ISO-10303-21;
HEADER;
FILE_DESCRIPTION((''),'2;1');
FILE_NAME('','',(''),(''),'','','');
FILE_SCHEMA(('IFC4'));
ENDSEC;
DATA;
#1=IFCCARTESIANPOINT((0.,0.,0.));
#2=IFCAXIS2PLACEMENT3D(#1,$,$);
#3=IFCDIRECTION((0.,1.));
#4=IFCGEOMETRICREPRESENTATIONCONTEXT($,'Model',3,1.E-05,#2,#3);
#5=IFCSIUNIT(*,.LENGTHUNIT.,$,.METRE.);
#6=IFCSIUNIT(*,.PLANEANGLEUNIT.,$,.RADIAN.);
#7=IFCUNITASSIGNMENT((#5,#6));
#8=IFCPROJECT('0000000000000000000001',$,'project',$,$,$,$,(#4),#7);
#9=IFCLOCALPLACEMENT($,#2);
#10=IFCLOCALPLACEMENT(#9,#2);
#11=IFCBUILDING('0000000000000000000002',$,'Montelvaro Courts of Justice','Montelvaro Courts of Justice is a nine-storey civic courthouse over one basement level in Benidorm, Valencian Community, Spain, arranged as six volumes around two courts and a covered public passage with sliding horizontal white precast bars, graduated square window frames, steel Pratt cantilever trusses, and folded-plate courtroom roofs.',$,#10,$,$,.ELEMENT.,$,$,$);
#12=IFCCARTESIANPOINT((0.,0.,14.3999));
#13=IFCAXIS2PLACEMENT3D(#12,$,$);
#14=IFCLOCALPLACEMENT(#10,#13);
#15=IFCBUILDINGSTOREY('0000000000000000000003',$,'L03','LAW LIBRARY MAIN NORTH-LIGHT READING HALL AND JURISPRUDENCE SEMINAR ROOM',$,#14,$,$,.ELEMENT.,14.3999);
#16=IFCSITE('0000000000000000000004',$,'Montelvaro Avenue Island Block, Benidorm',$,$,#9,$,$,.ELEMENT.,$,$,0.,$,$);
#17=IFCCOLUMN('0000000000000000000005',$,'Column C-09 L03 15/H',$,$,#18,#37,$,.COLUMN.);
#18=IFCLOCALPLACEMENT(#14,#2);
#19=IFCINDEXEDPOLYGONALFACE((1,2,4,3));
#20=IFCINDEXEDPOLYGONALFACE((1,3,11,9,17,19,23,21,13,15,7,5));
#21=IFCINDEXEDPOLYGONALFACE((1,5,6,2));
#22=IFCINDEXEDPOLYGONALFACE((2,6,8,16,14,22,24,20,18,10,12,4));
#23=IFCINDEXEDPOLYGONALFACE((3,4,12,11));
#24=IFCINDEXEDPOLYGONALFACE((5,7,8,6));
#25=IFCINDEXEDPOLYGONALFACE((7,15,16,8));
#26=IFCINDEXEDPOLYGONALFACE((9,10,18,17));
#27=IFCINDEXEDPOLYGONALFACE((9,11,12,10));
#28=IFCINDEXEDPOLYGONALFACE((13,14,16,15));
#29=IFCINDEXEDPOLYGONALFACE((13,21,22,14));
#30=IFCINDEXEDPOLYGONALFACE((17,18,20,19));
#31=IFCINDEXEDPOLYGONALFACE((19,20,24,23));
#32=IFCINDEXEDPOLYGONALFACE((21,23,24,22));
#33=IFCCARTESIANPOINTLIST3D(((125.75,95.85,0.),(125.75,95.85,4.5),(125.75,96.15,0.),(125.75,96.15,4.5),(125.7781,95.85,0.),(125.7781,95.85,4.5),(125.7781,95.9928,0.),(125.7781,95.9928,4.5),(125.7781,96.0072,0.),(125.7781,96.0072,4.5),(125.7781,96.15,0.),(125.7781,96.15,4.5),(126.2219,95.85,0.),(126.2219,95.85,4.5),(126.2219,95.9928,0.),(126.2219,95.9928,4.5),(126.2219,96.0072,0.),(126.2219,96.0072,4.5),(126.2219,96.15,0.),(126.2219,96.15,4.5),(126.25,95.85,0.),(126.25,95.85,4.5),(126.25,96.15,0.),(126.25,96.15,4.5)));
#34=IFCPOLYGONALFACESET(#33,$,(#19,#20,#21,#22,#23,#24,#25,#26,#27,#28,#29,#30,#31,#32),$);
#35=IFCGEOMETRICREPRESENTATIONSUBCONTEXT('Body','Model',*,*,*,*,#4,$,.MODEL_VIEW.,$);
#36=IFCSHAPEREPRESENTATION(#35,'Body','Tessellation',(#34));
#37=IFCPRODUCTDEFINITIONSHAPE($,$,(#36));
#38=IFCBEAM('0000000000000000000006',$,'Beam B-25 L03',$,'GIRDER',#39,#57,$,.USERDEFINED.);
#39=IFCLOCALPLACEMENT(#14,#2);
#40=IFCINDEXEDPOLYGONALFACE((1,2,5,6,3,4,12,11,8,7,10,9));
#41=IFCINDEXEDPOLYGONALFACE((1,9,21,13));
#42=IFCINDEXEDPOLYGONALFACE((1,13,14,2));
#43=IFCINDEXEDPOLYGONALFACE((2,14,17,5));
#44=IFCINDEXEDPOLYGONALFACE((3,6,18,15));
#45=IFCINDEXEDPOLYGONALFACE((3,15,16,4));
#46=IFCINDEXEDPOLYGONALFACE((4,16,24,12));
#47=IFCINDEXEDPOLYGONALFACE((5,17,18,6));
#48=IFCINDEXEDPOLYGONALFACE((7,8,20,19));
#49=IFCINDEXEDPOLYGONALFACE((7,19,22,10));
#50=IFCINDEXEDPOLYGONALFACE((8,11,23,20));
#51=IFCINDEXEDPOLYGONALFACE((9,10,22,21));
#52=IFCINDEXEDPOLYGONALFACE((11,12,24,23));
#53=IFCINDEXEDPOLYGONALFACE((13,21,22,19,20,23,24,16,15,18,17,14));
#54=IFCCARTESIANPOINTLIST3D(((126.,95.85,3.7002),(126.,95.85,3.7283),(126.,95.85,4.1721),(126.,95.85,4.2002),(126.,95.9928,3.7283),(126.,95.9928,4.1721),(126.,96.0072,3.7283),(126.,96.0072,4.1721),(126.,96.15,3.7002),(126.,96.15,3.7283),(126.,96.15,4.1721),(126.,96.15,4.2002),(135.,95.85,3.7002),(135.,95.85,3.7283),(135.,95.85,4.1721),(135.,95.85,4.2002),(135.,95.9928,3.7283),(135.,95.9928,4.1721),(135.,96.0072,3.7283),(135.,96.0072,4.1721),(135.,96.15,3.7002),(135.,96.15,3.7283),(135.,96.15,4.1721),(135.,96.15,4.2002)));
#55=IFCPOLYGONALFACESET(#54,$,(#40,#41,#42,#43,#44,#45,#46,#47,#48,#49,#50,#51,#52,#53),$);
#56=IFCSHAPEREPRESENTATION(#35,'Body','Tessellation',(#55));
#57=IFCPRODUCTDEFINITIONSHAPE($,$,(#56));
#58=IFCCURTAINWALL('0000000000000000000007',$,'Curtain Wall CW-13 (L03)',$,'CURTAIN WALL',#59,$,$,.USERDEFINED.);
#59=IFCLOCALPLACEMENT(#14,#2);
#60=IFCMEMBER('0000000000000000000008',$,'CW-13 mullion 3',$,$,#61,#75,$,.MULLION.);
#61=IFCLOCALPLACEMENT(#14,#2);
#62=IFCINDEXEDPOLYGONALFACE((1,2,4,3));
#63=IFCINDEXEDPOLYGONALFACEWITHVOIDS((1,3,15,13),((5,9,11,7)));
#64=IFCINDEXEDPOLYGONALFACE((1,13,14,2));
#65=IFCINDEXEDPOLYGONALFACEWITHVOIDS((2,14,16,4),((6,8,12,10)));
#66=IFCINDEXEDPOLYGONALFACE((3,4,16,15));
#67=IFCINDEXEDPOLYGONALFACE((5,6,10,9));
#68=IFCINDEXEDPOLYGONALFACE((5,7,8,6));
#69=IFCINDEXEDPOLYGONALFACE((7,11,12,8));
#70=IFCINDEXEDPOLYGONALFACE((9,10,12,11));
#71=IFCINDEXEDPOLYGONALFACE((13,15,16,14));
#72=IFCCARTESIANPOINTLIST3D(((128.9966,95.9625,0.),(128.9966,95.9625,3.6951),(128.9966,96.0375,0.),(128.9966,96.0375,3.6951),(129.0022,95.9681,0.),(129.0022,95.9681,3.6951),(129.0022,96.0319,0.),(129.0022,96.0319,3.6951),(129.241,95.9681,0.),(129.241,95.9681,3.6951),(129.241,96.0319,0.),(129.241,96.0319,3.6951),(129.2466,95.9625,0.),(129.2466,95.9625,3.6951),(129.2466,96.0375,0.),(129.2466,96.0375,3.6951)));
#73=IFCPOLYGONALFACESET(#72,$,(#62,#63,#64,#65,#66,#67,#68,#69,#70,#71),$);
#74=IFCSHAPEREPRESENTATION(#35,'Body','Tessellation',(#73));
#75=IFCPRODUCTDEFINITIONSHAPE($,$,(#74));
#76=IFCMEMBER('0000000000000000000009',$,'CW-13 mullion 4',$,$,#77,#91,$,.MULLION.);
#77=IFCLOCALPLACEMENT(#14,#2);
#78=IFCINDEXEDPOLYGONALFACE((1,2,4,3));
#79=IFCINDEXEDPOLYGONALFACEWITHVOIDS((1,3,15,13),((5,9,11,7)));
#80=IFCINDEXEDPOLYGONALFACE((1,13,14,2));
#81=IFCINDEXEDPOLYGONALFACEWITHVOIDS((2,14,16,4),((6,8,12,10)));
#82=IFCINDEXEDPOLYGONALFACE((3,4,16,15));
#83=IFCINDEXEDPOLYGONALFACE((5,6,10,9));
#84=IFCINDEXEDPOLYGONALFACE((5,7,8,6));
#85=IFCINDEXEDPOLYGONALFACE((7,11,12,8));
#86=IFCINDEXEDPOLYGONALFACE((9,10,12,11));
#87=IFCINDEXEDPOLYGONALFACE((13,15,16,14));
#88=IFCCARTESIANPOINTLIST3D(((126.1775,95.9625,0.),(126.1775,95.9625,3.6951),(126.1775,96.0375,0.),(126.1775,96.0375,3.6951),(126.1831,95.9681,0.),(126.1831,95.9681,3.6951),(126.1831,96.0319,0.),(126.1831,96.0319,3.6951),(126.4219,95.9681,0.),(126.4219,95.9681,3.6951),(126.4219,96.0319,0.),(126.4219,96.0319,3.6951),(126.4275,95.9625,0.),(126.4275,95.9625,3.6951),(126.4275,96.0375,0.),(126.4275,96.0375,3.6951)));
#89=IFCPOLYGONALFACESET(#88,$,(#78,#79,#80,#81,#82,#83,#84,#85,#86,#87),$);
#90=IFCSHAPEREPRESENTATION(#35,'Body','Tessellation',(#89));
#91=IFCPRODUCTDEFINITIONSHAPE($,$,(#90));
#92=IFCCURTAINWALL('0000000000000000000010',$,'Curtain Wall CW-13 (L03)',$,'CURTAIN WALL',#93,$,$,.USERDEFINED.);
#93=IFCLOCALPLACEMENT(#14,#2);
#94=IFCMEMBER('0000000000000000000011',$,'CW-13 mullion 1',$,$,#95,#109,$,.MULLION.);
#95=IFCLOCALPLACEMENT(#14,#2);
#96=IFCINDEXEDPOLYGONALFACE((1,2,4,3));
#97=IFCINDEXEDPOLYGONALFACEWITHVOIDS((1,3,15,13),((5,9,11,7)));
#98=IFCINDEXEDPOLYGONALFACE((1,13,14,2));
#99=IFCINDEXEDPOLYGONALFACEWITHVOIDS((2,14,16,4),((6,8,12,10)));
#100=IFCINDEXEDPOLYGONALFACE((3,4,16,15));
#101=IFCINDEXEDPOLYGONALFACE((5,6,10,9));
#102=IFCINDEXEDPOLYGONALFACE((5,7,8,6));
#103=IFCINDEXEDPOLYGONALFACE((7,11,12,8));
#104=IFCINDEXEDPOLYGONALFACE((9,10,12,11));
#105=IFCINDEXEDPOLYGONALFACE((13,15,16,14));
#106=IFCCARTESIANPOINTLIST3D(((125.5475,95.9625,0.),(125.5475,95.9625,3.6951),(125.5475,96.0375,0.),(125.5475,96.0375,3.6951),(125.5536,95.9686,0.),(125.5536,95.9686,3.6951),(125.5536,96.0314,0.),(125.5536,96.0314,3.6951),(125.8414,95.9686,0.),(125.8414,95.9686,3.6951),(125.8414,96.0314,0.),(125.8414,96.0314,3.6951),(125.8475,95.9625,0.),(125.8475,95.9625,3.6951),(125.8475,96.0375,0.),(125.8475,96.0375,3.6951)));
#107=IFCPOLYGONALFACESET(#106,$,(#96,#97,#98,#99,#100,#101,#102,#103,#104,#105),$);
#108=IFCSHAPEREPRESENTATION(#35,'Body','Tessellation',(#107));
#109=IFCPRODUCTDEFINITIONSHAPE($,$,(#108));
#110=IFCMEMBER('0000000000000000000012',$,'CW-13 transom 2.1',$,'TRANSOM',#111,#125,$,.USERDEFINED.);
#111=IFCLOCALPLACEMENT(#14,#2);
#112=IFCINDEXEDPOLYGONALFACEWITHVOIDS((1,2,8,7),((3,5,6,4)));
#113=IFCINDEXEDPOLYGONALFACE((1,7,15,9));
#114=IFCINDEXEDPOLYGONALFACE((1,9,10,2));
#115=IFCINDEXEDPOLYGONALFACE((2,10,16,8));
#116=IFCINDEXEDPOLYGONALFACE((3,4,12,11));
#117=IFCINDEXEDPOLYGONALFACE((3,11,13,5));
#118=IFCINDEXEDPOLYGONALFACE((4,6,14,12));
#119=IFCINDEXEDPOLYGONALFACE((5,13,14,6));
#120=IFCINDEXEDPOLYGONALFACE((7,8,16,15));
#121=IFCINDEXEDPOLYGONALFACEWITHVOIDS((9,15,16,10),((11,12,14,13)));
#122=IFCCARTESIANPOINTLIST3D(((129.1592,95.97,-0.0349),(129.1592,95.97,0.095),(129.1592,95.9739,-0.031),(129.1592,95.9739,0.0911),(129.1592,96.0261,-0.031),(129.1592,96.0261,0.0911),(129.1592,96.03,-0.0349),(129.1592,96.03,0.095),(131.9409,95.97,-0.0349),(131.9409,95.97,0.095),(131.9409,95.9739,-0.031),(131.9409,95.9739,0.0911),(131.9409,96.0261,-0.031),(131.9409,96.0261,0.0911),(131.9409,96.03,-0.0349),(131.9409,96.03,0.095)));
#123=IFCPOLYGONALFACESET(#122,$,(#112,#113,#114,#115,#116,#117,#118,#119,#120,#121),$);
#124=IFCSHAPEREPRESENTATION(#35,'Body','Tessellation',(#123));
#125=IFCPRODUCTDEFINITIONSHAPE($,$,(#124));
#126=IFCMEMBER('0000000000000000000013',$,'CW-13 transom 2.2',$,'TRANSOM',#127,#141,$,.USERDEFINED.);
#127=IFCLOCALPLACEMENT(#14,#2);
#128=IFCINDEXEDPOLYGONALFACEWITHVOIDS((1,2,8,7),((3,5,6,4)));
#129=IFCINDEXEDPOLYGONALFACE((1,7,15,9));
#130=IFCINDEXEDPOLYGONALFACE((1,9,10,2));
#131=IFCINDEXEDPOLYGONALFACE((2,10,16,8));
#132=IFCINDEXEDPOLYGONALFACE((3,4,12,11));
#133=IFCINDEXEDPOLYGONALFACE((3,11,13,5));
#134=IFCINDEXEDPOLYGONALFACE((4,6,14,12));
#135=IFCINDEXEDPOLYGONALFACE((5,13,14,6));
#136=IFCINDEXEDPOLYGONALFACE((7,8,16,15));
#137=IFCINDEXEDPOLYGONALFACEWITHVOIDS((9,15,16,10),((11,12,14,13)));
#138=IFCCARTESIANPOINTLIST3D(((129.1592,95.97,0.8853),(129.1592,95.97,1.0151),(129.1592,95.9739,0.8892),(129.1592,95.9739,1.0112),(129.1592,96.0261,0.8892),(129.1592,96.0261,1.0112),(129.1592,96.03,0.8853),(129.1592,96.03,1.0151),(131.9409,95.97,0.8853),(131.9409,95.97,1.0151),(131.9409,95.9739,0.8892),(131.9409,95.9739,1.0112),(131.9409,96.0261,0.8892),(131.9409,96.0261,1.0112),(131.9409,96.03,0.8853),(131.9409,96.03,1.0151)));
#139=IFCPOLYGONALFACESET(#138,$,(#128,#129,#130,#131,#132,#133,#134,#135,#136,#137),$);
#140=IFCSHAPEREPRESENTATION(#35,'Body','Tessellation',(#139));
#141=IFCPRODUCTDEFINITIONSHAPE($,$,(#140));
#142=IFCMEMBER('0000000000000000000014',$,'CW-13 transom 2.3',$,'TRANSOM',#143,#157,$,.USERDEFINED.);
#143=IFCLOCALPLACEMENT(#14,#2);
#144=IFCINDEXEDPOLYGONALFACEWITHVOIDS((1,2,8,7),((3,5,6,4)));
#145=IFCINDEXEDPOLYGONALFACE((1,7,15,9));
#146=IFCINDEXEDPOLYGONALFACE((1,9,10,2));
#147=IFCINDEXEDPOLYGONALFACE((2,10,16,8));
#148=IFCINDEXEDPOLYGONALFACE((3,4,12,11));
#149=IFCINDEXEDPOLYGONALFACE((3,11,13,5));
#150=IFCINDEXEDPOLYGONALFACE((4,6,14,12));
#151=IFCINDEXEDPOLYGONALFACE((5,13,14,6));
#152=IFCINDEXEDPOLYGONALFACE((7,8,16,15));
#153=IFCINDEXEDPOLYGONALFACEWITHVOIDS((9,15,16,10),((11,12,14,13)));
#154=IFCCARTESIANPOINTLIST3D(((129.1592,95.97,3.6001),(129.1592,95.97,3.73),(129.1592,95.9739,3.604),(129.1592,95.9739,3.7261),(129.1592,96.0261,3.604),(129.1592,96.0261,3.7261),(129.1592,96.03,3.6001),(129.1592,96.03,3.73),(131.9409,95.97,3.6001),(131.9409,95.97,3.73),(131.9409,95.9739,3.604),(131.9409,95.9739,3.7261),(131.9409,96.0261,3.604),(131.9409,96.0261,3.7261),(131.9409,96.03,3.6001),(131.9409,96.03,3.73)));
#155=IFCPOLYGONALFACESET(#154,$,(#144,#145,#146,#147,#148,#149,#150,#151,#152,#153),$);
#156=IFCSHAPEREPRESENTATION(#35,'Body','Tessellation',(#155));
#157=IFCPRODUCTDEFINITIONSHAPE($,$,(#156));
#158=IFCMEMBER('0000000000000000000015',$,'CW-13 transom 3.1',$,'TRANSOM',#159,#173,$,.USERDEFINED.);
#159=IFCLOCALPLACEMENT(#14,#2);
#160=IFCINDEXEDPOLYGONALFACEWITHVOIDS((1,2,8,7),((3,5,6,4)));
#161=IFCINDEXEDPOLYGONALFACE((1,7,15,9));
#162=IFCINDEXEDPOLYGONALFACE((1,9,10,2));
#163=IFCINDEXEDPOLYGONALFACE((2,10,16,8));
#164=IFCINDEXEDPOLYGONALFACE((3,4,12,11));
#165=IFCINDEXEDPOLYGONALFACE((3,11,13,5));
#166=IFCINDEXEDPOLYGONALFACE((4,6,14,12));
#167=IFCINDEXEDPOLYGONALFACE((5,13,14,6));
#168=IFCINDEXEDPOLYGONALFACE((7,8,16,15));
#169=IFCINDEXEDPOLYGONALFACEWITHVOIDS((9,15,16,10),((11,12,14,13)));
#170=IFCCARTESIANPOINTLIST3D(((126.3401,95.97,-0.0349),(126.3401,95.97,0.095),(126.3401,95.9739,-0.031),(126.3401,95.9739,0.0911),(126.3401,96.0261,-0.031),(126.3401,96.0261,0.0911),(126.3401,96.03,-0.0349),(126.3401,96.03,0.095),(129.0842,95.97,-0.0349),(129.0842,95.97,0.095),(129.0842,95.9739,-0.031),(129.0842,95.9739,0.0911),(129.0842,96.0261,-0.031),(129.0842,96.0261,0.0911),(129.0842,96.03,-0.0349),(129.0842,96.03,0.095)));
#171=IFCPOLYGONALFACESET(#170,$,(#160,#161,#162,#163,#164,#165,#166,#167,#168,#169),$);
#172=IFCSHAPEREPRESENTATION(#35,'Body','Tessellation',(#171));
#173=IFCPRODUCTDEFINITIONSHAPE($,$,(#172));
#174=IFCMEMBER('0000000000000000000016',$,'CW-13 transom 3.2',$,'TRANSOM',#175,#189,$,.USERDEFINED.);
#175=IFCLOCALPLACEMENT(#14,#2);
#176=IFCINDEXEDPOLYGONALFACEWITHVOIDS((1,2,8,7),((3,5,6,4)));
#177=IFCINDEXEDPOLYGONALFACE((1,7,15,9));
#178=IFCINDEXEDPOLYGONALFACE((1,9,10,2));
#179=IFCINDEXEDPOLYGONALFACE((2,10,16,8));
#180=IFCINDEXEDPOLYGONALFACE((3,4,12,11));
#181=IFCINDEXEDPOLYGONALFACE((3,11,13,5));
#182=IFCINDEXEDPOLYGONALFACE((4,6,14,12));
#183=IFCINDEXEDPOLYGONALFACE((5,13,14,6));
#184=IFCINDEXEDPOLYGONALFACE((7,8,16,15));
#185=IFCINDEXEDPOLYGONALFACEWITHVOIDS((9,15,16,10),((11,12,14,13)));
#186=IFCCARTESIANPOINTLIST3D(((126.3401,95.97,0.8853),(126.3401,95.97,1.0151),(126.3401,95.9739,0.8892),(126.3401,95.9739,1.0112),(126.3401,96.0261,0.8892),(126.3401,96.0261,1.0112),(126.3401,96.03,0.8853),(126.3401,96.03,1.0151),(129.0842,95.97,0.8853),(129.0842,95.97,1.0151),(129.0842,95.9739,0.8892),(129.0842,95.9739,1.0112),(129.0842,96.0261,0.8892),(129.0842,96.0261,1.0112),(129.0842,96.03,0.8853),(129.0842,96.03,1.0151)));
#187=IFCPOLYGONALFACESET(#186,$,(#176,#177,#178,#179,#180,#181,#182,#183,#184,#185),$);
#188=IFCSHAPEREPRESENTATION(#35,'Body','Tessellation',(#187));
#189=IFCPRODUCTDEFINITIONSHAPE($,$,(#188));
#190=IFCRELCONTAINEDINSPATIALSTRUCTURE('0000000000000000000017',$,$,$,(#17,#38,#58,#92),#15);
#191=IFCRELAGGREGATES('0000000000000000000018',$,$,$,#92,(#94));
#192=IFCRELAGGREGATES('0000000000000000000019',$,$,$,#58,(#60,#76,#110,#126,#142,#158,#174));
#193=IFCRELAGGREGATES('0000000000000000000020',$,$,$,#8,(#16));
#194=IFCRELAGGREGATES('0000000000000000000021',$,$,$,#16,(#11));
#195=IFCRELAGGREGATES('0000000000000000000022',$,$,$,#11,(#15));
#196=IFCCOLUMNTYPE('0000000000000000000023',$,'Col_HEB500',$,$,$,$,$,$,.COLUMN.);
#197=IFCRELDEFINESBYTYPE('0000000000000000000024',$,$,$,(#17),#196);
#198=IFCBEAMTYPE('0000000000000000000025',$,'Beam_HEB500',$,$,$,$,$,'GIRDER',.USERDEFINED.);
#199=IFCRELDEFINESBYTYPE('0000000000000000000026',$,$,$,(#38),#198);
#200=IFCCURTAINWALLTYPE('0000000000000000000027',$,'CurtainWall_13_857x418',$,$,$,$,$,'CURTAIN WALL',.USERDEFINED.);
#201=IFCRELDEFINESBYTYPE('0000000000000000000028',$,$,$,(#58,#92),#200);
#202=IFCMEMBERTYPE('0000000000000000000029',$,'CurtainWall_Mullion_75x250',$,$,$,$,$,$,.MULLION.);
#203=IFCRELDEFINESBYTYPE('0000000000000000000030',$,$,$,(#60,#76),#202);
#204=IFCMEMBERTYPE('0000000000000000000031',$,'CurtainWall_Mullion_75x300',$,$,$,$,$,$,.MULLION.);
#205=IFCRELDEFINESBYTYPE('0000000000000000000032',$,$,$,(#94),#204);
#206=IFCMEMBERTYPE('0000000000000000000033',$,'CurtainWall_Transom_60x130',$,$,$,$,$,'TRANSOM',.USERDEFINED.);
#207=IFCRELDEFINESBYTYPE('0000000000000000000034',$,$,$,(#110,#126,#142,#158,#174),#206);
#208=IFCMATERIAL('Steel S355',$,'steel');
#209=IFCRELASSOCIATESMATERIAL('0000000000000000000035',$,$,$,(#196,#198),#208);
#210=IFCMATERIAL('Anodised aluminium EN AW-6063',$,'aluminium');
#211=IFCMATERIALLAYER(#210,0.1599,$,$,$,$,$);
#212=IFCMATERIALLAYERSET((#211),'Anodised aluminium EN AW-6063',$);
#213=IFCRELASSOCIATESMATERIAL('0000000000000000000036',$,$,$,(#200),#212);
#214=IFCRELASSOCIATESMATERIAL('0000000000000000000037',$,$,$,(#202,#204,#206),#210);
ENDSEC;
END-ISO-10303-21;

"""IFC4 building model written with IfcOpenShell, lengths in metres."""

from ifc_helpers import new_model, si_unit, direction, frame, origin, origin_2d, place, context, subcontext, project, spatial, hollow_rectangle, i_section, extrude, material, layer, layer_set, material_profile, profile_set, type_object, element, aggregate, save


model = new_model("IFC4")

# Units and contexts
model_context = context("Model", 3, precision=1e-05, world=origin(), true_north=direction((0.0, 1.0)))
body_context = subcontext(model_context, "Body", "Model", "MODEL_VIEW")
ifc_project = project(units=[si_unit("LENGTHUNIT", "METRE"), si_unit("PLANEANGLEUNIT", "RADIAN")], contexts=[model_context])

# Site, building, storey
site_placement = place(None, origin())
site = spatial("IfcSite", under=ifc_project, at=site_placement, Name="Montelvaro Avenue Island Block, Benidorm", CompositionType="ELEMENT", RefElevation=0.0)
building_placement = place(site_placement, origin())
building = spatial("IfcBuilding", under=site, at=building_placement, Name="Montelvaro Courts of Justice", Description="Montelvaro Courts of Justice is a nine-storey civic courthouse over one basement level in Benidorm, Valencian Community, Spain, arranged as six volumes around two courts and a covered public passage with sliding horizontal white precast bars, graduated square window frames, steel Pratt cantilever trusses, and folded-plate courtroom roofs.", CompositionType="ELEMENT")
storey_placement = place(building_placement, frame((0.0, 0.0, 14.3999)))
storey = spatial("IfcBuildingStorey", under=building, at=storey_placement, Name="L03", Description="LAW LIBRARY MAIN NORTH-LIGHT READING HALL AND JURISPRUDENCE SEMINAR ROOM", CompositionType="ELEMENT", Elevation=14.3999)

# Column
ifc_material_1 = material(Name="Steel S355", Category="steel")
ifc_material_profile_1 = material_profile(ifc_material_1, i_section(OverallWidth=0.3, OverallDepth=0.5, WebThickness=0.0144, FlangeThickness=0.0281, at=origin_2d()), Name="HEB 500")
ifc_profile_set_1 = profile_set([ifc_material_profile_1], Name="Steel S355")
column_type = type_object("IfcColumnType", Name="Col_HEB500", PredefinedType="COLUMN", material=ifc_profile_set_1)
column_placement = place(storey_placement, frame((126.0, 96.0, 0.0), z_axis=(0.0, 0.0, 1.0), x_axis=(0.0, 1.0, 0.0)))
element("IfcColumn", 1, at=column_placement, inside=storey, type_object=column_type, Name="Column C-09 L03 15/H", PredefinedType="COLUMN", context=body_context, shape_type="SweptSolid", body=[
    extrude(i_section(OverallWidth=0.3, OverallDepth=0.5, WebThickness=0.0144, FlangeThickness=0.0281, at=origin_2d()), origin(), (0.0, 0.0, 1.0), 4.5),
])

# Beam
ifc_material_profile_2 = material_profile(ifc_material_1, i_section(OverallWidth=0.3, OverallDepth=0.5, WebThickness=0.0144, FlangeThickness=0.0281, at=origin_2d()), Name="HEB 500")
ifc_profile_set_2 = profile_set([ifc_material_profile_2], Name="Steel S355")
beam_type = type_object("IfcBeamType", Name="Beam_HEB500", ElementType="GIRDER", PredefinedType="USERDEFINED", material=ifc_profile_set_2)
beam_placement = place(storey_placement, frame((126.0, 96.0, 3.9502), z_axis=(1.0, 0.0, 0.0), x_axis=(0.0, 1.0, 0.0)))
element("IfcBeam", 2, at=beam_placement, inside=storey, type_object=beam_type, Name="Beam B-25 L03", ObjectType="GIRDER", PredefinedType="USERDEFINED", context=body_context, shape_type="SweptSolid", body=[
    extrude(i_section(OverallWidth=0.3, OverallDepth=0.5, WebThickness=0.0144, FlangeThickness=0.0281, at=origin_2d()), origin(), (0.0, 0.0, 1.0), 9.0),
])

# Curtain wall, members
ifc_material_2 = material(Name="Anodised aluminium EN AW-6063", Category="aluminium")
ifc_layer_1 = layer(ifc_material_2, 0.1599)
ifc_layer_set_1 = layer_set([ifc_layer_1], Name="Anodised aluminium EN AW-6063")
curtain_wall_type = type_object("IfcCurtainWallType", Name="CurtainWall_13_857x418", ElementType="CURTAIN WALL", PredefinedType="USERDEFINED", material=ifc_layer_set_1)
curtain_wall_1_placement = place(storey_placement, origin())
curtain_wall_1 = element("IfcCurtainWall", 3, at=curtain_wall_1_placement, inside=storey, type_object=curtain_wall_type, Name="Curtain Wall CW-13 (L03)", ObjectType="CURTAIN WALL", PredefinedType="USERDEFINED")
ifc_material_profile_3 = material_profile(ifc_material_2, hollow_rectangle(XDim=0.075, YDim=0.25, WallThickness=0.0056, at=origin_2d()), Name="ALU-M 75x250")
ifc_profile_set_3 = profile_set([ifc_material_profile_3], Name="Anodised aluminium EN AW-6063")
member_type_1 = type_object("IfcMemberType", Name="CurtainWall_Mullion_75x250", PredefinedType="MULLION", material=ifc_profile_set_3)
member_1_placement = place(storey_placement, frame((129.1216, 96.0, 0.0), z_axis=(0.0, 0.0, 1.0), x_axis=(0.0, -1.0, 0.0)))
member_1 = element("IfcMember", 4, at=member_1_placement, type_object=member_type_1, Name="CW-13 mullion 3", PredefinedType="MULLION", context=body_context, shape_type="SweptSolid", body=[
    extrude(hollow_rectangle(XDim=0.075, YDim=0.25, WallThickness=0.0056, at=origin_2d()), origin(), (0.0, 0.0, 1.0), 3.6951),
])
member_2_placement = place(storey_placement, frame((126.3025, 96.0, 0.0), z_axis=(0.0, 0.0, 1.0), x_axis=(0.0, -1.0, 0.0)))
member_2 = element("IfcMember", 5, at=member_2_placement, type_object=member_type_1, Name="CW-13 mullion 4", PredefinedType="MULLION", context=body_context, shape_type="SweptSolid", body=[
    extrude(hollow_rectangle(XDim=0.075, YDim=0.25, WallThickness=0.0056, at=origin_2d()), origin(), (0.0, 0.0, 1.0), 3.6951),
])

# Curtain wall, member
curtain_wall_2_placement = place(storey_placement, origin())
curtain_wall_2 = element("IfcCurtainWall", 6, at=curtain_wall_2_placement, inside=storey, type_object=curtain_wall_type, Name="Curtain Wall CW-13 (L03)", ObjectType="CURTAIN WALL", PredefinedType="USERDEFINED")
ifc_material_profile_4 = material_profile(ifc_material_2, hollow_rectangle(XDim=0.075, YDim=0.3, WallThickness=0.0061, at=origin_2d()), Name="ALU-M 75x300")
ifc_profile_set_4 = profile_set([ifc_material_profile_4], Name="Anodised aluminium EN AW-6063")
member_type_2 = type_object("IfcMemberType", Name="CurtainWall_Mullion_75x300", PredefinedType="MULLION", material=ifc_profile_set_4)
member_3_placement = place(storey_placement, frame((125.6975, 96.0, 0.0), z_axis=(0.0, 0.0, 1.0), x_axis=(0.0, -1.0, 0.0)))
member_3 = element("IfcMember", 7, at=member_3_placement, type_object=member_type_2, Name="CW-13 mullion 1", PredefinedType="MULLION", context=body_context, shape_type="SweptSolid", body=[
    extrude(hollow_rectangle(XDim=0.075, YDim=0.3, WallThickness=0.0061, at=origin_2d()), origin(), (0.0, 0.0, 1.0), 3.6951),
])

# Members
ifc_material_profile_5 = material_profile(ifc_material_2, hollow_rectangle(XDim=0.0601, YDim=0.1299, WallThickness=0.0039, at=origin_2d()), Name="ALU-T 60x130")
ifc_profile_set_5 = profile_set([ifc_material_profile_5], Name="Anodised aluminium EN AW-6063")
member_type_3 = type_object("IfcMemberType", Name="CurtainWall_Transom_60x130", ElementType="TRANSOM", PredefinedType="USERDEFINED", material=ifc_profile_set_5)
member_4_placement = place(storey_placement, frame((131.9409, 96.0, 0.03), z_axis=(-1.0, 0.0, 0.0), x_axis=(0.0, -1.0, 0.0)))
member_4 = element("IfcMember", 8, at=member_4_placement, type_object=member_type_3, Name="CW-13 transom 2.1", ObjectType="TRANSOM", PredefinedType="USERDEFINED", context=body_context, shape_type="SweptSolid", body=[
    extrude(hollow_rectangle(XDim=0.0601, YDim=0.1299, WallThickness=0.0039, at=origin_2d()), origin(), (0.0, 0.0, 1.0), 2.7817),
])
member_5_placement = place(storey_placement, frame((131.9409, 96.0, 0.9502), z_axis=(-1.0, 0.0, 0.0), x_axis=(0.0, -1.0, 0.0)))
member_5 = element("IfcMember", 9, at=member_5_placement, type_object=member_type_3, Name="CW-13 transom 2.2", ObjectType="TRANSOM", PredefinedType="USERDEFINED", context=body_context, shape_type="SweptSolid", body=[
    extrude(hollow_rectangle(XDim=0.0601, YDim=0.1299, WallThickness=0.0039, at=origin_2d()), origin(), (0.0, 0.0, 1.0), 2.7817),
])
member_6_placement = place(storey_placement, frame((131.9409, 96.0, 3.665), z_axis=(-1.0, 0.0, 0.0), x_axis=(0.0, -1.0, 0.0)))
member_6 = element("IfcMember", 10, at=member_6_placement, type_object=member_type_3, Name="CW-13 transom 2.3", ObjectType="TRANSOM", PredefinedType="USERDEFINED", context=body_context, shape_type="SweptSolid", body=[
    extrude(hollow_rectangle(XDim=0.0601, YDim=0.1299, WallThickness=0.0039, at=origin_2d()), origin(), (0.0, 0.0, 1.0), 2.7817),
])
member_7_placement = place(storey_placement, frame((129.0842, 96.0, 0.03), z_axis=(-1.0, 0.0, 0.0), x_axis=(0.0, -1.0, 0.0)))
member_7 = element("IfcMember", 11, at=member_7_placement, type_object=member_type_3, Name="CW-13 transom 3.1", ObjectType="TRANSOM", PredefinedType="USERDEFINED", context=body_context, shape_type="SweptSolid", body=[
    extrude(hollow_rectangle(XDim=0.0601, YDim=0.1299, WallThickness=0.0039, at=origin_2d()), origin(), (0.0, 0.0, 1.0), 2.7441),
])
member_8_placement = place(storey_placement, frame((129.0842, 96.0, 0.9502), z_axis=(-1.0, 0.0, 0.0), x_axis=(0.0, -1.0, 0.0)))
member_8 = element("IfcMember", 12, at=member_8_placement, type_object=member_type_3, Name="CW-13 transom 3.2", ObjectType="TRANSOM", PredefinedType="USERDEFINED", context=body_context, shape_type="SweptSolid", body=[
    extrude(hollow_rectangle(XDim=0.0601, YDim=0.1299, WallThickness=0.0039, at=origin_2d()), origin(), (0.0, 0.0, 1.0), 2.7441),
])
aggregate(curtain_wall_2, [member_3])

aggregate(curtain_wall_1, [member_1, member_2, member_4, member_5, member_6, member_7, member_8])

save(model, "model.ifc")
